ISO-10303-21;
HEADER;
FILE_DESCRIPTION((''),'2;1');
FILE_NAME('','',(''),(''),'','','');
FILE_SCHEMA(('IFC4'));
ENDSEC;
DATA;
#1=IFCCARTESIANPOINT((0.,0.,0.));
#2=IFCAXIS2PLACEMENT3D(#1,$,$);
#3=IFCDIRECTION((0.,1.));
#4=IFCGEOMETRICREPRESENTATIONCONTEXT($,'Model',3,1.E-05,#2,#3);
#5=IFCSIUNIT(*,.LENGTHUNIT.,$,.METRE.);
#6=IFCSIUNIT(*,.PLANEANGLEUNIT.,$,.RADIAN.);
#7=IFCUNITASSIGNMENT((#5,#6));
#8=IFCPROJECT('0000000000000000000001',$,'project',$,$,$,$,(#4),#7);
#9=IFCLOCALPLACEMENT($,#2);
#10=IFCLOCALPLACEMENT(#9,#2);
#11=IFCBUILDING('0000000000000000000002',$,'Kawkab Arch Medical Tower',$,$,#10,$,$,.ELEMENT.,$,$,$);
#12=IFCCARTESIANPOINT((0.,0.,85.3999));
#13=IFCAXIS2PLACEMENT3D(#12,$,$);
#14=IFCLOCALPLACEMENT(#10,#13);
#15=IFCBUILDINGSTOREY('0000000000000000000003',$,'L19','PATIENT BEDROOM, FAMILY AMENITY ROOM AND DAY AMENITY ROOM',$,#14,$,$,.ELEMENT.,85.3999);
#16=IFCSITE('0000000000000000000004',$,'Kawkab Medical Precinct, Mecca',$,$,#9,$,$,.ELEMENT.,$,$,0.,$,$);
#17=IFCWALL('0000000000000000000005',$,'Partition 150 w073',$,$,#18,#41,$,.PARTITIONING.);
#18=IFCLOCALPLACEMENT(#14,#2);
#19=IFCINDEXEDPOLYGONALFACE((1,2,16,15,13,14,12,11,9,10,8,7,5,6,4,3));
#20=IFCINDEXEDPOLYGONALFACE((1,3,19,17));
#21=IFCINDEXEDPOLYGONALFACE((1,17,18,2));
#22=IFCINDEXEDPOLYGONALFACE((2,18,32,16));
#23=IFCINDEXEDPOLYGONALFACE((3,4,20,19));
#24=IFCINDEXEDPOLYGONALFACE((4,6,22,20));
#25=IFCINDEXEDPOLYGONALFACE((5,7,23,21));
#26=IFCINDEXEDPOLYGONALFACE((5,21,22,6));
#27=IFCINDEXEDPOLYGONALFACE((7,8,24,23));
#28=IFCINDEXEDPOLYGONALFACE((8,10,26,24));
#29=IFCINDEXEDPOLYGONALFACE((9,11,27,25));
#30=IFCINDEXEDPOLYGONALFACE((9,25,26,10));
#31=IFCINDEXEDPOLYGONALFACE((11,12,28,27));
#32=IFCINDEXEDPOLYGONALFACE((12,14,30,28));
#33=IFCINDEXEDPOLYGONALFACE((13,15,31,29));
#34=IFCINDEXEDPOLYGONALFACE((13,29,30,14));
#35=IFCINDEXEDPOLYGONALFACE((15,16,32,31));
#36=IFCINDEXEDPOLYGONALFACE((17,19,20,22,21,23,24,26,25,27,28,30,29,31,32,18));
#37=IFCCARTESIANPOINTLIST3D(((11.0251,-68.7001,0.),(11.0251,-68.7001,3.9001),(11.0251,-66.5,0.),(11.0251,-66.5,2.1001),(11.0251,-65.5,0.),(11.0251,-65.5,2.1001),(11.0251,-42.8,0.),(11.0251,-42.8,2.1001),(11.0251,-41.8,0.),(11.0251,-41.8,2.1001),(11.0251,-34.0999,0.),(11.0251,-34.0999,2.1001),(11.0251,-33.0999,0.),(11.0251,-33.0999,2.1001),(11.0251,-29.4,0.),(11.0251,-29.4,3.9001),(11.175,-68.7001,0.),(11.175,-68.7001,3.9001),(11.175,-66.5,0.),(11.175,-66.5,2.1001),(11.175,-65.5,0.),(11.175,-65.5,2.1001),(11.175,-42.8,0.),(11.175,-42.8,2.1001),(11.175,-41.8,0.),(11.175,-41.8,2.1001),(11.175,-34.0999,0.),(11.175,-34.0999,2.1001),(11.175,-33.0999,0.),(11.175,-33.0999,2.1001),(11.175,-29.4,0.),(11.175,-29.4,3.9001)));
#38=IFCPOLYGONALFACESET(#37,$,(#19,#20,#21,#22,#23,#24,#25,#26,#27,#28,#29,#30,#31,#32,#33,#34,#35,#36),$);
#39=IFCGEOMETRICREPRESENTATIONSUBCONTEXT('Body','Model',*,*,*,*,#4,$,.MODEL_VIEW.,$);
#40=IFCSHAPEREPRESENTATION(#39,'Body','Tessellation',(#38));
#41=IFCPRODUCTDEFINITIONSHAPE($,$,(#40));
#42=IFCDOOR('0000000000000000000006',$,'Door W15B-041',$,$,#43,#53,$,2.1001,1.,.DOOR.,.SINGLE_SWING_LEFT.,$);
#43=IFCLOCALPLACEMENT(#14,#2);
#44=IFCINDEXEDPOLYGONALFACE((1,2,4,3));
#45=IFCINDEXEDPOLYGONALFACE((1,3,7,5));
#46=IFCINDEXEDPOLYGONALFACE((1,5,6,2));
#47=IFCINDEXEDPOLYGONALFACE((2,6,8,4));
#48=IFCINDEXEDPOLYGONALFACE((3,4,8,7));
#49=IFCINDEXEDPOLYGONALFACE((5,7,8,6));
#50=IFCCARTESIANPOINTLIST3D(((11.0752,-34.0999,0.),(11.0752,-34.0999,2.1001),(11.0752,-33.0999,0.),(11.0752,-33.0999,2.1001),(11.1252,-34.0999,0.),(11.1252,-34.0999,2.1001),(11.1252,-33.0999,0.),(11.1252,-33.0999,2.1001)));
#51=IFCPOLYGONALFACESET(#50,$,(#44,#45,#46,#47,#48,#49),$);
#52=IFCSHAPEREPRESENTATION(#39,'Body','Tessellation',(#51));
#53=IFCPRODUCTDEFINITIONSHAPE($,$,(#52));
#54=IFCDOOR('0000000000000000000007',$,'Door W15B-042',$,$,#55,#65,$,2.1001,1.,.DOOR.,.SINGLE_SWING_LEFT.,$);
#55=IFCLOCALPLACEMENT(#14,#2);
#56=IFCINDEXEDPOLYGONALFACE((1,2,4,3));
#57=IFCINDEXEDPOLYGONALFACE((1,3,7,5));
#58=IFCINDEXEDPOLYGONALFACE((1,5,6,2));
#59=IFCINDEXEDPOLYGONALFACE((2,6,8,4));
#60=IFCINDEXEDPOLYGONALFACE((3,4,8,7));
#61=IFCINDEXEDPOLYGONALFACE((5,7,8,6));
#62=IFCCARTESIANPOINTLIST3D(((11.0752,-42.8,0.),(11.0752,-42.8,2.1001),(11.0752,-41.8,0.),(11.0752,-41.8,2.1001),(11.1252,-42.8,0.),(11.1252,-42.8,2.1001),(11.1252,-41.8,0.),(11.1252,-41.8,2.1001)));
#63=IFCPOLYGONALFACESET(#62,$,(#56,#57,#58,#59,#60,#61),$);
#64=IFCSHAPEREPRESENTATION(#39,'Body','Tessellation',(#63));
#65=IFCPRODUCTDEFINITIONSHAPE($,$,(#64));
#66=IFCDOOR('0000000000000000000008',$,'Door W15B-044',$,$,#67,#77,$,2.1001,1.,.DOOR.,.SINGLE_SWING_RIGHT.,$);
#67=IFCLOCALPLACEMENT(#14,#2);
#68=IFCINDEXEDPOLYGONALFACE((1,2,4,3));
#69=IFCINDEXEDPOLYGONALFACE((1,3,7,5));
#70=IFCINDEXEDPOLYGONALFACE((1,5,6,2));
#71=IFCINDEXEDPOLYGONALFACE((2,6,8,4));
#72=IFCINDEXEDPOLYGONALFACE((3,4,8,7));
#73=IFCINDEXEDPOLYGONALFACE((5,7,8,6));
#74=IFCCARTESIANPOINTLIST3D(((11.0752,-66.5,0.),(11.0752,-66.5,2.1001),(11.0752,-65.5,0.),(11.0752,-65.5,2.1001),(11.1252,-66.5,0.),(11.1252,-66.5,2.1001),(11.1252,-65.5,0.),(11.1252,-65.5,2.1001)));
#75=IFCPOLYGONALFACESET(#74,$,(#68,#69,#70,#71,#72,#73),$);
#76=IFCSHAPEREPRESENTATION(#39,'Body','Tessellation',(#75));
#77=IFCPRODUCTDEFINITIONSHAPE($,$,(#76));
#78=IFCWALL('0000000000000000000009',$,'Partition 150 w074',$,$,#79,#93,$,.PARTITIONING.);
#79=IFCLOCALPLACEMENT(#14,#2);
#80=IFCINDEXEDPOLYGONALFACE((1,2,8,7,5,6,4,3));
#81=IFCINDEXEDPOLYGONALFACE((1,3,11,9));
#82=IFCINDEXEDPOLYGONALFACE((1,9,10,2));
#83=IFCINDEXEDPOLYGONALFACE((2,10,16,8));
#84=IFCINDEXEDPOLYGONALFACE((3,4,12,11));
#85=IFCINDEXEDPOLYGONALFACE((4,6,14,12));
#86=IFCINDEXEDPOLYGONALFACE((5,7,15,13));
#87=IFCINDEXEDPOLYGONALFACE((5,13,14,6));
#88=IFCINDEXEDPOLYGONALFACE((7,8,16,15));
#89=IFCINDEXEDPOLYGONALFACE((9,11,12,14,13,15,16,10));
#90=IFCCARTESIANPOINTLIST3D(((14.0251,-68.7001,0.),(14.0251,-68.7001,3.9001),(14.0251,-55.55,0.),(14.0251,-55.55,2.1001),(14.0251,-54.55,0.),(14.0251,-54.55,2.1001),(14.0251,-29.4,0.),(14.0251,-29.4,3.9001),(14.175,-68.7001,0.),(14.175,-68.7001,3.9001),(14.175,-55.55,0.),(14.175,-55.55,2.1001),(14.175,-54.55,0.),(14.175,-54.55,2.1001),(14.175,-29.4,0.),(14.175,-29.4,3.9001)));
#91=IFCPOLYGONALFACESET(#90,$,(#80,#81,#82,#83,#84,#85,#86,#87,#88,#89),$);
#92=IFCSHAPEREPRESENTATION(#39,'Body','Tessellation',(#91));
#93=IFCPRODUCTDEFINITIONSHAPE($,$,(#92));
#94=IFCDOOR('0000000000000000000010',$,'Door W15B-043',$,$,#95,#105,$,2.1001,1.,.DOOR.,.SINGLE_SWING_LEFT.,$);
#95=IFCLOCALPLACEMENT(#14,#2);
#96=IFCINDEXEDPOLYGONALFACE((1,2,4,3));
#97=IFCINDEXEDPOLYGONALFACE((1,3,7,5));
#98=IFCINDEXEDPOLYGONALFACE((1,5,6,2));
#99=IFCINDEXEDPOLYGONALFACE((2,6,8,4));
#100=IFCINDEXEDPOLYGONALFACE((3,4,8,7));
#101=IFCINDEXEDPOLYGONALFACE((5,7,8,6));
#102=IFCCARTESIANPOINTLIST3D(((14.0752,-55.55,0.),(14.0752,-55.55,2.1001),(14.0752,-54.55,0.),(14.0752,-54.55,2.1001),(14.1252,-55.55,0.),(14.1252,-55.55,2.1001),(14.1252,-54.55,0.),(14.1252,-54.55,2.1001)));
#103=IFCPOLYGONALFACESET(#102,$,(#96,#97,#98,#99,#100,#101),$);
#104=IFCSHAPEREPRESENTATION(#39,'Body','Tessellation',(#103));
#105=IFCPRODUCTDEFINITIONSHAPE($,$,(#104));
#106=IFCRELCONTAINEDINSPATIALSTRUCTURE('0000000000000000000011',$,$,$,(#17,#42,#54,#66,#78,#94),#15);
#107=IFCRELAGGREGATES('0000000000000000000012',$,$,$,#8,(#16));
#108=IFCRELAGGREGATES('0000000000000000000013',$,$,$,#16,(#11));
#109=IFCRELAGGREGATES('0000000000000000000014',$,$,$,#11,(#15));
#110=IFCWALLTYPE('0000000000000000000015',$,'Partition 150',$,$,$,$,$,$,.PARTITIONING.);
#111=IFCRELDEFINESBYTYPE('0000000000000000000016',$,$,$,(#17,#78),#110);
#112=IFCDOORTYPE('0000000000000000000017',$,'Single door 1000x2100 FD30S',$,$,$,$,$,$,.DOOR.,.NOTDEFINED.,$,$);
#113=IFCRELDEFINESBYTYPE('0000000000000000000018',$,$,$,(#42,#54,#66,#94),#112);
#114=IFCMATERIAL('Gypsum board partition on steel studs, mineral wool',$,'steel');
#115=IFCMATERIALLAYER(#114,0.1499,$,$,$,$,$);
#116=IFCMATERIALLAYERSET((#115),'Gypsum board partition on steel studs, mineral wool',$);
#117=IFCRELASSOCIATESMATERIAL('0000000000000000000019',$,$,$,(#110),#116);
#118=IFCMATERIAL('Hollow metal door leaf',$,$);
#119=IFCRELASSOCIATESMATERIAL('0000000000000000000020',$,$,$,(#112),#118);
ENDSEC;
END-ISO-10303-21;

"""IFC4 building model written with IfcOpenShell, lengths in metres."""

from ifc_helpers import new_model, si_unit, direction, frame, frame_2d, origin, place, context, subcontext, project, spatial, rectangle, extrude, material, layer, layer_set, type_object, element, fill, save


model = new_model("IFC4")

# Units and contexts
model_context = context("Model", 3, precision=1e-05, world=origin(), true_north=direction((0.0, 1.0)))
body_context = subcontext(model_context, "Body", "Model", "MODEL_VIEW")
ifc_project = project(units=[si_unit("LENGTHUNIT", "METRE"), si_unit("PLANEANGLEUNIT", "RADIAN")], contexts=[model_context])

# Site, building, storey
site_placement = place(None, origin())
site = spatial("IfcSite", under=ifc_project, at=site_placement, Name="Kawkab Medical Precinct, Mecca", CompositionType="ELEMENT", RefElevation=0.0)
building_placement = place(site_placement, origin())
building = spatial("IfcBuilding", under=site, at=building_placement, Name="Kawkab Arch Medical Tower", CompositionType="ELEMENT")
storey_placement = place(building_placement, frame((0.0, 0.0, 85.3999)))
storey = spatial("IfcBuildingStorey", under=building, at=storey_placement, Name="L19", Description="PATIENT BEDROOM, FAMILY AMENITY ROOM AND DAY AMENITY ROOM", CompositionType="ELEMENT", Elevation=85.3999)

# Shared definitions
ifc_material_1 = material(Name="Gypsum board partition on steel studs, mineral wool", Category="steel")
ifc_layer_1 = layer(ifc_material_1, 0.1499)
ifc_layer_set_1 = layer_set([ifc_layer_1], Name="Gypsum board partition on steel studs, mineral wool")
wall_type_1 = type_object("IfcWallType", Name="Partition 150", PredefinedType="PARTITIONING", material=ifc_layer_set_1)

# Wall, openings, doors
wall_1_placement = place(storey_placement, frame((11.1001, -68.7, 0.0), z_axis=(0.0, 0.0, 1.0), x_axis=(0.0, 1.0, 0.0)))
wall_1 = element("IfcWall", 1, at=wall_1_placement, inside=storey, type_object=wall_type_1, Name="Partition 150 w073", PredefinedType="PARTITIONING", context=body_context, shape_type="SweptSolid", body=[
    extrude(rectangle(XDim=39.3, YDim=0.1499, at=frame_2d((19.6499, 0.0))), origin(), (0.0, 0.0, 1.0), 3.9001),
])
opening_1_placement = place(wall_1_placement, frame((34.6001, 0.0, 0.0)))
opening_1 = element("IfcOpeningElement", 2, at=opening_1_placement, cuts=wall_1, PredefinedType="OPENING", context=body_context, shape_type="SweptSolid", body=[
    extrude(rectangle(XDim=1.0, YDim=2.1001, at=frame_2d((0.5, 1.05))), frame((0.0, 0.085, 0.0), z_axis=(0.0, -1.0, 0.0), x_axis=(1.0, 0.0, 0.0)), (0.0, 0.0, 1.0), 0.1699),
])
opening_2_placement = place(wall_1_placement, frame((25.8999, 0.0, 0.0)))
opening_2 = element("IfcOpeningElement", 3, at=opening_2_placement, cuts=wall_1, PredefinedType="OPENING", context=body_context, shape_type="SweptSolid", body=[
    extrude(rectangle(XDim=1.0, YDim=2.1001, at=frame_2d((0.5, 1.05))), frame((0.0, 0.085, 0.0), z_axis=(0.0, -1.0, 0.0), x_axis=(1.0, 0.0, 0.0)), (0.0, 0.0, 1.0), 0.1699),
])
opening_3_placement = place(wall_1_placement, frame((2.2, 0.0, 0.0)))
opening_3 = element("IfcOpeningElement", 4, at=opening_3_placement, cuts=wall_1, PredefinedType="OPENING", context=body_context, shape_type="SweptSolid", body=[
    extrude(rectangle(XDim=1.0, YDim=2.1001, at=frame_2d((0.5, 1.05))), frame((0.0, 0.085, 0.0), z_axis=(0.0, -1.0, 0.0), x_axis=(1.0, 0.0, 0.0)), (0.0, 0.0, 1.0), 0.1699),
])
ifc_material_2 = material(Name="Hollow metal door leaf")
door_type_1 = type_object("IfcDoorType", Name="Single door 1000x2100 FD30S", OperationType="NOTDEFINED", PredefinedType="DOOR", material=ifc_material_2)
door_1_placement = place(opening_1_placement, origin())
door_1 = element("IfcDoor", 5, at=door_1_placement, inside=storey, type_object=door_type_1, Name="Door W15B-041", OperationType="SINGLE_SWING_LEFT", OverallHeight=2.1001, OverallWidth=1.0, PredefinedType="DOOR", context=body_context, shape_type="SweptSolid", body=[
    extrude(rectangle(XDim=1.0, YDim=2.1001, at=frame_2d((0.5, 1.05))), frame((0.0, 0.0249, 0.0), z_axis=(0.0, -1.0, 0.0), x_axis=(1.0, 0.0, 0.0)), (0.0, 0.0, 1.0), 0.05),
])
fill(opening_1, door_1)
door_2_placement = place(opening_2_placement, origin())
door_2 = element("IfcDoor", 6, at=door_2_placement, inside=storey, type_object=door_type_1, Name="Door W15B-042", OperationType="SINGLE_SWING_LEFT", OverallHeight=2.1001, OverallWidth=1.0, PredefinedType="DOOR", context=body_context, shape_type="SweptSolid", body=[
    extrude(rectangle(XDim=1.0, YDim=2.1001, at=frame_2d((0.5, 1.05))), frame((0.0, 0.0249, 0.0), z_axis=(0.0, -1.0, 0.0), x_axis=(1.0, 0.0, 0.0)), (0.0, 0.0, 1.0), 0.05),
])
fill(opening_2, door_2)
door_3_placement = place(opening_3_placement, origin())
door_3 = element("IfcDoor", 7, at=door_3_placement, inside=storey, type_object=door_type_1, Name="Door W15B-044", OperationType="SINGLE_SWING_RIGHT", OverallHeight=2.1001, OverallWidth=1.0, PredefinedType="DOOR", context=body_context, shape_type="SweptSolid", body=[
    extrude(rectangle(XDim=1.0, YDim=2.1001, at=frame_2d((0.5, 1.05))), frame((0.0, 0.0249, 0.0), z_axis=(0.0, -1.0, 0.0), x_axis=(1.0, 0.0, 0.0)), (0.0, 0.0, 1.0), 0.05),
])
fill(opening_3, door_3)

# Wall, opening, door
wall_2_placement = place(storey_placement, frame((14.1001, -68.7, 0.0), z_axis=(0.0, 0.0, 1.0), x_axis=(0.0, 1.0, 0.0)))
wall_2 = element("IfcWall", 8, at=wall_2_placement, inside=storey, type_object=wall_type_1, Name="Partition 150 w074", PredefinedType="PARTITIONING", context=body_context, shape_type="SweptSolid", body=[
    extrude(rectangle(XDim=39.3, YDim=0.1499, at=frame_2d((19.6499, 0.0))), origin(), (0.0, 0.0, 1.0), 3.9001),
])
opening_4_placement = place(wall_2_placement, frame((13.1499, 0.0, 0.0)))
opening_4 = element("IfcOpeningElement", 9, at=opening_4_placement, cuts=wall_2, PredefinedType="OPENING", context=body_context, shape_type="SweptSolid", body=[
    extrude(rectangle(XDim=1.0, YDim=2.1001, at=frame_2d((0.5, 1.05))), frame((0.0, 0.085, 0.0), z_axis=(0.0, -1.0, 0.0), x_axis=(1.0, 0.0, 0.0)), (0.0, 0.0, 1.0), 0.1699),
])
door_4_placement = place(opening_4_placement, origin())
door_4 = element("IfcDoor", 10, at=door_4_placement, inside=storey, type_object=door_type_1, Name="Door W15B-043", OperationType="SINGLE_SWING_LEFT", OverallHeight=2.1001, OverallWidth=1.0, PredefinedType="DOOR", context=body_context, shape_type="SweptSolid", body=[
    extrude(rectangle(XDim=1.0, YDim=2.1001, at=frame_2d((0.5, 1.05))), frame((0.0, 0.0249, 0.0), z_axis=(0.0, -1.0, 0.0), x_axis=(1.0, 0.0, 0.0)), (0.0, 0.0, 1.0), 0.05),
])
fill(opening_4, door_4)

save(model, "model.ifc")
